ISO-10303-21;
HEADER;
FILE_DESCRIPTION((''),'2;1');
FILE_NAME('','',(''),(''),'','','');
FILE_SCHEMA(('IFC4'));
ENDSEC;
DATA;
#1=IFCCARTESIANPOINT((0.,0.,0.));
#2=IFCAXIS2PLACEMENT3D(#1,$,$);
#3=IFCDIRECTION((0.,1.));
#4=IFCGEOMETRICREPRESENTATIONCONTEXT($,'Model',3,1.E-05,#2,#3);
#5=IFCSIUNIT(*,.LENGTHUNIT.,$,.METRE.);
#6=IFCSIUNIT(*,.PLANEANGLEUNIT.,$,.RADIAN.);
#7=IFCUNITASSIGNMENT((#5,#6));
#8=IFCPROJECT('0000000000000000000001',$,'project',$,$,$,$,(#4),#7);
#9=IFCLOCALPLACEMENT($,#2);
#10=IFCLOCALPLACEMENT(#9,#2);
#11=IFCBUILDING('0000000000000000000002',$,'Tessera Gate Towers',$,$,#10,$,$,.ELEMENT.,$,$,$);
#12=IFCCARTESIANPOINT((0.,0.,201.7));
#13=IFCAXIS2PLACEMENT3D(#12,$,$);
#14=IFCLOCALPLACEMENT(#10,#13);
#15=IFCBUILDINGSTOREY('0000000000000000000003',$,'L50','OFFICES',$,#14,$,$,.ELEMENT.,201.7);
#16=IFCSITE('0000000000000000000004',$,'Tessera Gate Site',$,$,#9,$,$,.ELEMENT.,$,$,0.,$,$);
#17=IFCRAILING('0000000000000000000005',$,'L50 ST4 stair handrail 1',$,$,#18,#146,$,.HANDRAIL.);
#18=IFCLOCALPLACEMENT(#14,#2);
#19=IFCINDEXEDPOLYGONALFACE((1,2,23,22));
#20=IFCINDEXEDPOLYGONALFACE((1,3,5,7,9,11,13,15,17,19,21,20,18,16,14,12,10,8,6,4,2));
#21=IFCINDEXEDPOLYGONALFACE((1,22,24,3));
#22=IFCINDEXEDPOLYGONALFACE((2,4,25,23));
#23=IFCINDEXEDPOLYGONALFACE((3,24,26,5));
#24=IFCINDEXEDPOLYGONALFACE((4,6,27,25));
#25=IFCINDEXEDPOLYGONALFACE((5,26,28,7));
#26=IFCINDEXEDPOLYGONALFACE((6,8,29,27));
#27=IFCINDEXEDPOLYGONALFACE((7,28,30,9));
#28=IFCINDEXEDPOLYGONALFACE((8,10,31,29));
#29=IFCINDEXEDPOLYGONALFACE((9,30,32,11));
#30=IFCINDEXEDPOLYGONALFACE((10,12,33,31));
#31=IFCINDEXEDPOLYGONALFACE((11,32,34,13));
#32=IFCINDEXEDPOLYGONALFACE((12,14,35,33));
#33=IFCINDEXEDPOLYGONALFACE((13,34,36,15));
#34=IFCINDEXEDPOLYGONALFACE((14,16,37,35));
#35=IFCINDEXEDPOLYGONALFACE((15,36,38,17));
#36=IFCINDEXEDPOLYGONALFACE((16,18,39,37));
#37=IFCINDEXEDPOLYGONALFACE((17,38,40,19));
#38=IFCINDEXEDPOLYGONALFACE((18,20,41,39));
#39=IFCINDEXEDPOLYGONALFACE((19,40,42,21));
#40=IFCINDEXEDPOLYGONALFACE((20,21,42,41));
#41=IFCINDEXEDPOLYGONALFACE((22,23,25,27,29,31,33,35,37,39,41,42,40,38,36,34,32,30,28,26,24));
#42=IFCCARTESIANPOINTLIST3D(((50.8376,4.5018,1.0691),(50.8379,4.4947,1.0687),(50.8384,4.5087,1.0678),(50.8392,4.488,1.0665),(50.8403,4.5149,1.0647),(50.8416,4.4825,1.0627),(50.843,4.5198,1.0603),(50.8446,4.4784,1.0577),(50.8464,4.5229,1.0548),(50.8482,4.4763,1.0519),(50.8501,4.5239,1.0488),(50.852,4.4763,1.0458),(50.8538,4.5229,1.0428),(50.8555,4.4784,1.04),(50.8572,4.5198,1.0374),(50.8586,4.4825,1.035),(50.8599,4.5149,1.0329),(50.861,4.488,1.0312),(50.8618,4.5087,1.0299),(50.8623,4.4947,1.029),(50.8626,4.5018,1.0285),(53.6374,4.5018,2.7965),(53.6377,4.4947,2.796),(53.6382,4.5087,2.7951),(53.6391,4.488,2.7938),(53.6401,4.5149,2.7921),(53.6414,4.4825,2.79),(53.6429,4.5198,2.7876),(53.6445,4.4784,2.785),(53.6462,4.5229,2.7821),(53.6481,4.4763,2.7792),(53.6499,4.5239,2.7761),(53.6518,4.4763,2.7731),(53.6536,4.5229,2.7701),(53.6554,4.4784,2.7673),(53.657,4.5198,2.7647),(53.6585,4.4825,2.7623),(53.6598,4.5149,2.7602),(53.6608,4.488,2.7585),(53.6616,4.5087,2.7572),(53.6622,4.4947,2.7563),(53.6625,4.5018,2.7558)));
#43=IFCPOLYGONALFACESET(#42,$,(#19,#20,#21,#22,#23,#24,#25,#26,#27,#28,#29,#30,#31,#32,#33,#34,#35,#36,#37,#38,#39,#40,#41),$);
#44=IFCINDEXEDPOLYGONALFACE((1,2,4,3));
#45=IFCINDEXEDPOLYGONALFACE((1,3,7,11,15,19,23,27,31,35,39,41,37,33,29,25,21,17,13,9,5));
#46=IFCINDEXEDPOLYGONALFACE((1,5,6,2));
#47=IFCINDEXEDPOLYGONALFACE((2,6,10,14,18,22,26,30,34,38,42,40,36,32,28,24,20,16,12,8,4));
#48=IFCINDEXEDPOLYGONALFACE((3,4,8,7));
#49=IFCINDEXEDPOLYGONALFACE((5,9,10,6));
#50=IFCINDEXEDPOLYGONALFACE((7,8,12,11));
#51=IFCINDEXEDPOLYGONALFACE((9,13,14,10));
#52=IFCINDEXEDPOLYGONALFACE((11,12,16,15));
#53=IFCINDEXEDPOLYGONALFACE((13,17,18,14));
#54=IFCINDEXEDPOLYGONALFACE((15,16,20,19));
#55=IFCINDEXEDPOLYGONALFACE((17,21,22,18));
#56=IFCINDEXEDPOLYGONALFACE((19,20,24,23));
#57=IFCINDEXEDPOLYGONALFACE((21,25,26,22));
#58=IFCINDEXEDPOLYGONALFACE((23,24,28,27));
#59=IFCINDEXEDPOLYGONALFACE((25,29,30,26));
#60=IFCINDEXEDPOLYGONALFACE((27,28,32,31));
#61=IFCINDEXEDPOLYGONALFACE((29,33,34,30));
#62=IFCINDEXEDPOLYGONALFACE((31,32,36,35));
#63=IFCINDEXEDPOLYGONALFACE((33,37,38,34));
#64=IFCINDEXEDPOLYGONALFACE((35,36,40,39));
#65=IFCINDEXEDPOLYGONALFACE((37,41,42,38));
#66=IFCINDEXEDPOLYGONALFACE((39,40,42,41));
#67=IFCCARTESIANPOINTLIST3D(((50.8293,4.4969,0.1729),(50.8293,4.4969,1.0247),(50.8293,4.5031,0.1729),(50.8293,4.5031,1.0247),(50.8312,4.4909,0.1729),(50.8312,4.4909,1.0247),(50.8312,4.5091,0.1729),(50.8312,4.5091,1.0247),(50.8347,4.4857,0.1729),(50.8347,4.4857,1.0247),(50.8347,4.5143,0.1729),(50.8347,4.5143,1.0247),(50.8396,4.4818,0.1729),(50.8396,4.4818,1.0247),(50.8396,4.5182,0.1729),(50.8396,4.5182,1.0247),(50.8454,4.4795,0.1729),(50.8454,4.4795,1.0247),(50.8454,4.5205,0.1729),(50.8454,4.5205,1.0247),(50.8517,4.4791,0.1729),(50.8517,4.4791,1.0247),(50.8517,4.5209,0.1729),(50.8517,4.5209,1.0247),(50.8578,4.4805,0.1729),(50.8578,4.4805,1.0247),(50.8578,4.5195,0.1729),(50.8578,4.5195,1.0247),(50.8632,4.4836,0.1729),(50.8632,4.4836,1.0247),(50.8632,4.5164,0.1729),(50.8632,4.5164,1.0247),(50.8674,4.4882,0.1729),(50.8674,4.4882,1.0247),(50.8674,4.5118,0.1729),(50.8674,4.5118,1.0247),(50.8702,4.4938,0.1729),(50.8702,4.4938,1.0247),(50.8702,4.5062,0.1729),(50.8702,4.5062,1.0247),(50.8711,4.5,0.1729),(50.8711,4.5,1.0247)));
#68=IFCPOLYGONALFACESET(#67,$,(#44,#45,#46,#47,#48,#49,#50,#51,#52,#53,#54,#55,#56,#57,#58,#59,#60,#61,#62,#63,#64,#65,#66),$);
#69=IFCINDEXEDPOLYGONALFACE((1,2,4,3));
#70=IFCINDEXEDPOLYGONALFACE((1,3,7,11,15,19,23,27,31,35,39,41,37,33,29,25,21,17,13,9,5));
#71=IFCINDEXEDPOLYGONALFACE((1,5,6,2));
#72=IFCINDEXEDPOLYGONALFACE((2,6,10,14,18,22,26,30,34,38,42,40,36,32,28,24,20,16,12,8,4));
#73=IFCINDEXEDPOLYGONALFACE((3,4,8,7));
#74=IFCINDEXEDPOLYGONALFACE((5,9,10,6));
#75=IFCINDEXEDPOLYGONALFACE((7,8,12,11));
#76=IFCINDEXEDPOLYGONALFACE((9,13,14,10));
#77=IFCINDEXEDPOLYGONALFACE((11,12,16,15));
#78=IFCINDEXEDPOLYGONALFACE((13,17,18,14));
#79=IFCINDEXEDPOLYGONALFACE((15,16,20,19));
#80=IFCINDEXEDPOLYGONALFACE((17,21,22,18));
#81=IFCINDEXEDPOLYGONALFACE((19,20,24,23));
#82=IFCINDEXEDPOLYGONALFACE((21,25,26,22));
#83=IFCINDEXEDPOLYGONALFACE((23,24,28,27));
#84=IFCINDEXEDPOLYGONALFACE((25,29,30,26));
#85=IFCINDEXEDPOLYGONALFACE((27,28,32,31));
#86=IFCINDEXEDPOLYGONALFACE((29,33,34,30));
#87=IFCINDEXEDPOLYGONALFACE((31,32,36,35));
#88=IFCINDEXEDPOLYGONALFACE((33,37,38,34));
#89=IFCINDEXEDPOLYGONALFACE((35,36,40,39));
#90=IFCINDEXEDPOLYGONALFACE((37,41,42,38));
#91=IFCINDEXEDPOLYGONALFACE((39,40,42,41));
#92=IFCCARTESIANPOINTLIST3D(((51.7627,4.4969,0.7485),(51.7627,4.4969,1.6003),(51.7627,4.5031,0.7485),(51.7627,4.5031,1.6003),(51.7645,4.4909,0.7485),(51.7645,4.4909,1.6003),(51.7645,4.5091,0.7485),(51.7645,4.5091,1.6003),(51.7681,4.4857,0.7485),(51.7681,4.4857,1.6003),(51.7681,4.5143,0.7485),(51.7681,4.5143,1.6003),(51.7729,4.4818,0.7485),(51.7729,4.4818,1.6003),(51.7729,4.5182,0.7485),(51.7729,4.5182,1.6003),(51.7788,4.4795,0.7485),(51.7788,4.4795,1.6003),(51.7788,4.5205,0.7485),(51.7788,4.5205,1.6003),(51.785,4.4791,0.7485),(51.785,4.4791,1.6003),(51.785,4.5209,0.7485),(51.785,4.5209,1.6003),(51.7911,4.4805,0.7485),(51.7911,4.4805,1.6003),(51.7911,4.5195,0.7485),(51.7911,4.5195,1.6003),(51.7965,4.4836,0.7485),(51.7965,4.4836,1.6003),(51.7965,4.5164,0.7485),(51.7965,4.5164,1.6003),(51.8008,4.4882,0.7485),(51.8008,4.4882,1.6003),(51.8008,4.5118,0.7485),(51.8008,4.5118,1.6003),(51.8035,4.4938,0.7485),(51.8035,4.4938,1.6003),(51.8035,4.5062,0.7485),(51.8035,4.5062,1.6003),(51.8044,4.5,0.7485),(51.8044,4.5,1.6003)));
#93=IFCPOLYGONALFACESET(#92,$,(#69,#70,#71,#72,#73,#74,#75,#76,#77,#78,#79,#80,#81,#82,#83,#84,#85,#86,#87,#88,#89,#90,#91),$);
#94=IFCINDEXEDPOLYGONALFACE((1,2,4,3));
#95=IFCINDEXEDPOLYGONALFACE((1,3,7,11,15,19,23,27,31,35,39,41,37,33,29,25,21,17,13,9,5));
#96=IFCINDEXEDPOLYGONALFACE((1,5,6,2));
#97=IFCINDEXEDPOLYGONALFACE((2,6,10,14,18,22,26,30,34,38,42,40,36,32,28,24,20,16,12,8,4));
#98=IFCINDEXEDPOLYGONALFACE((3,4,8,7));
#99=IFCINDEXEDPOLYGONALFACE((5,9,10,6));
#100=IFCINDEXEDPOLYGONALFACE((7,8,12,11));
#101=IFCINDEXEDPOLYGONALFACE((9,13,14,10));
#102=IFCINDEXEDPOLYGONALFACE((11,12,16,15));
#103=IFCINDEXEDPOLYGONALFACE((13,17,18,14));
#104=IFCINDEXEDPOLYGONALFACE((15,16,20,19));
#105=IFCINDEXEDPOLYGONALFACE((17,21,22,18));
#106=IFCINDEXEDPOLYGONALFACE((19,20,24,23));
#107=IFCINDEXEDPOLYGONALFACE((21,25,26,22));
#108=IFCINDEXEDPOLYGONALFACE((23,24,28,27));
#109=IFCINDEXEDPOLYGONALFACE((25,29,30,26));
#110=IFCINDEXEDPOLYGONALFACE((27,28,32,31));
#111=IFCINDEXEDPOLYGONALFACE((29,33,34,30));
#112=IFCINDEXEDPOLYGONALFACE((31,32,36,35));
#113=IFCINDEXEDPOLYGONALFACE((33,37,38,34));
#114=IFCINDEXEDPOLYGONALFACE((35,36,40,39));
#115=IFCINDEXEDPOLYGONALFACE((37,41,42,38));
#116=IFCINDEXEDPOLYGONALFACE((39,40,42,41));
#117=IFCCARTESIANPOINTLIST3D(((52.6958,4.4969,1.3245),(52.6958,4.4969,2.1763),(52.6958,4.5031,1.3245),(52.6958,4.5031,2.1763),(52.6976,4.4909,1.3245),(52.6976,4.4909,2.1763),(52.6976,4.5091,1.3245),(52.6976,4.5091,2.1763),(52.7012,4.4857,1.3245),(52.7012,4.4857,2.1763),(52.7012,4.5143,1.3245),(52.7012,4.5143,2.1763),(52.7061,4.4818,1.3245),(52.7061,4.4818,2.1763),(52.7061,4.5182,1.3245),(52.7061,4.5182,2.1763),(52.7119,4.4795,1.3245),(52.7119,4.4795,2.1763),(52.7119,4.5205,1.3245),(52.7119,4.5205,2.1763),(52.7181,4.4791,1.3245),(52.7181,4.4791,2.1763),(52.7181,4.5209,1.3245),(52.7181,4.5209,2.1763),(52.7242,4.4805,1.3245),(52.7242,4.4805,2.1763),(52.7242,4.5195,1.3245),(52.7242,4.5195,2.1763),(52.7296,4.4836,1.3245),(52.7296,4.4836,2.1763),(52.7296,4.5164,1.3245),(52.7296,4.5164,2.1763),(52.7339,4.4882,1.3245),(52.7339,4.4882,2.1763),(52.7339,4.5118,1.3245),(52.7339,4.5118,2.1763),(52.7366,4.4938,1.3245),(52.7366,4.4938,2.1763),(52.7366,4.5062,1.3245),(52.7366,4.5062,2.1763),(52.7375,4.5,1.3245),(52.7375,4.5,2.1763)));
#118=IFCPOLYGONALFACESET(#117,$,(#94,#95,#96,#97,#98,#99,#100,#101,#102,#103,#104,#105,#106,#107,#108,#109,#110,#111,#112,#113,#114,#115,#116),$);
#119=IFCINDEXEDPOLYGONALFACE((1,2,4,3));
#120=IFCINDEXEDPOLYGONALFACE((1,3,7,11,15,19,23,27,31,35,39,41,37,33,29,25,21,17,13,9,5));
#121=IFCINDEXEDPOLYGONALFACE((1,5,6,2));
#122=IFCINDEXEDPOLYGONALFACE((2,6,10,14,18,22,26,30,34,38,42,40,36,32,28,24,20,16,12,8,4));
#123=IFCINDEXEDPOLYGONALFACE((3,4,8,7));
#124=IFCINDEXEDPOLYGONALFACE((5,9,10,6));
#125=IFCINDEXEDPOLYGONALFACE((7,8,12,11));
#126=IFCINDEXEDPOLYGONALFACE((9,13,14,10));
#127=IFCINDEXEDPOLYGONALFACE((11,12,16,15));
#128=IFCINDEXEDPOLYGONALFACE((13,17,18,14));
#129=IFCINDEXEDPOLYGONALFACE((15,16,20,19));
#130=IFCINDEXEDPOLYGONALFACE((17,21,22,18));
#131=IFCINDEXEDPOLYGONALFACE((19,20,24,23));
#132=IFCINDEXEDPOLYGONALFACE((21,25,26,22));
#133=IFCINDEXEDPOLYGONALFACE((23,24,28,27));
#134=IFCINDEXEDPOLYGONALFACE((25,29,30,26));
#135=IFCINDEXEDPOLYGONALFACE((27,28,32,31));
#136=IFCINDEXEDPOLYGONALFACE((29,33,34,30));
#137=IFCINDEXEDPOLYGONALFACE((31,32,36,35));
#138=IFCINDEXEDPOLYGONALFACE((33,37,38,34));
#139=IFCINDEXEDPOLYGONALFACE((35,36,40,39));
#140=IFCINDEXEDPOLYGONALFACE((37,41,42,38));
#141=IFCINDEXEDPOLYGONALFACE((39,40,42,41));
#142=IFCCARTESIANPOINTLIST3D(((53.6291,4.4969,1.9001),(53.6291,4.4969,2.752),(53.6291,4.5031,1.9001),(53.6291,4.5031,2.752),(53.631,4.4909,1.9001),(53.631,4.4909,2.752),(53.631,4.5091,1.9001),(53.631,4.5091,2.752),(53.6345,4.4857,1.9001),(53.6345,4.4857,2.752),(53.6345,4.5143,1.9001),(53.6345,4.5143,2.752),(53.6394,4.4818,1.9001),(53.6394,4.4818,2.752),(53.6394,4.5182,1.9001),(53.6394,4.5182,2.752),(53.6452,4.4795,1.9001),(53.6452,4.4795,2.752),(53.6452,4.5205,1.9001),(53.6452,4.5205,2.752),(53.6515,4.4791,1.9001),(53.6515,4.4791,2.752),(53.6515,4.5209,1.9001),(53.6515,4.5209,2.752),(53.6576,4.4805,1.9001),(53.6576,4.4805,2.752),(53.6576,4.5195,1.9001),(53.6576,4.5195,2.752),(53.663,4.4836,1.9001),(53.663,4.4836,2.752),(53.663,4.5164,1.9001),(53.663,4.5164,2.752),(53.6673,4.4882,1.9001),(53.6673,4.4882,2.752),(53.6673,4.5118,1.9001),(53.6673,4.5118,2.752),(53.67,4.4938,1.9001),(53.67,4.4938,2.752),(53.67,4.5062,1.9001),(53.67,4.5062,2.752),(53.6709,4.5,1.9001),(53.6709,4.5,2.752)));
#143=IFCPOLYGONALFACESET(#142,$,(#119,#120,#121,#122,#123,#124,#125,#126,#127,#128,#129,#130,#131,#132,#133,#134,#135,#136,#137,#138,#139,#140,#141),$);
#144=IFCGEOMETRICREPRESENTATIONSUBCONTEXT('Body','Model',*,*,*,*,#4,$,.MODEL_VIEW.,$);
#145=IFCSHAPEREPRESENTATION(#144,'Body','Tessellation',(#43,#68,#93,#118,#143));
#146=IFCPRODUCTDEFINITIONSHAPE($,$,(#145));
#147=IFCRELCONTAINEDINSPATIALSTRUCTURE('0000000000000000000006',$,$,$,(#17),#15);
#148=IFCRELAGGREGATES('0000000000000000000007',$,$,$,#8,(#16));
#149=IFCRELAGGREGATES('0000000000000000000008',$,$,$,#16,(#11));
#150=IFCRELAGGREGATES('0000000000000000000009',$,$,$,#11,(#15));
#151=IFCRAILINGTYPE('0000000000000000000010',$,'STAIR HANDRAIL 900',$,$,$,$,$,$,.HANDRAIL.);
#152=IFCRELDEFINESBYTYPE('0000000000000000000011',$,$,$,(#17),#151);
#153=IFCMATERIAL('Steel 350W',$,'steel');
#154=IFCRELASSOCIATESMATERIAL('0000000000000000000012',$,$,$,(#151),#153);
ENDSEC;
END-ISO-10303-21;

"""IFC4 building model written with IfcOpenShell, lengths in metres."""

from ifc_helpers import new_model, si_unit, direction, frame, origin, origin_2d, place, context, subcontext, project, spatial, circle, extrude, material, type_object, element, save


model = new_model("IFC4")

# Units and contexts
model_context = context("Model", 3, precision=1e-05, world=origin(), true_north=direction((0.0, 1.0)))
body_context = subcontext(model_context, "Body", "Model", "MODEL_VIEW")
ifc_project = project(units=[si_unit("LENGTHUNIT", "METRE"), si_unit("PLANEANGLEUNIT", "RADIAN")], contexts=[model_context])

# Site, building, storey
site_placement = place(None, origin())
site = spatial("IfcSite", under=ifc_project, at=site_placement, Name="Tessera Gate Site", CompositionType="ELEMENT", RefElevation=0.0)
building_placement = place(site_placement, origin())
building = spatial("IfcBuilding", under=site, at=building_placement, Name="Tessera Gate Towers", CompositionType="ELEMENT")
storey_placement = place(building_placement, frame((0.0, 0.0, 201.7)))
storey = spatial("IfcBuildingStorey", under=building, at=storey_placement, Name="L50", Description="OFFICES", CompositionType="ELEMENT", Elevation=201.7)

# Railing
ifc_material_1 = material(Name="Steel 350W", Category="steel")
railing_type_1 = type_object("IfcRailingType", Name="STAIR HANDRAIL 900", PredefinedType="HANDRAIL", material=ifc_material_1)
railing_1_placement = place(storey_placement, frame((50.8501, 4.5, 0.1729)))
element("IfcRailing", 1, at=railing_1_placement, inside=storey, type_object=railing_type_1, Name="L50 ST4 stair handrail 1", PredefinedType="HANDRAIL", context=body_context, shape_type="SweptSolid", body=[
    extrude(circle(Radius=0.0239, at=origin_2d()), frame((0.0, 0.0, 0.876), z_axis=(0.851069, 0.0, 0.525054), x_axis=(0.0, 1.0, 0.0)), (0.0, 0.0, 1.0), 3.2898),
    extrude(circle(Radius=0.021, at=origin_2d()), origin(), (0.0, 0.0, 1.0), 0.8518),
    extrude(circle(Radius=0.021, at=origin_2d()), frame((0.9333, 0.0, 0.5757)), (0.0, 0.0, 1.0), 0.8518),
    extrude(circle(Radius=0.021, at=origin_2d()), frame((1.8665, 0.0, 1.1516)), (0.0, 0.0, 1.0), 0.8518),
    extrude(circle(Radius=0.021, at=origin_2d()), frame((2.7998, 0.0, 1.7273)), (0.0, 0.0, 1.0), 0.8518),
])

save(model, "model.ifc")
